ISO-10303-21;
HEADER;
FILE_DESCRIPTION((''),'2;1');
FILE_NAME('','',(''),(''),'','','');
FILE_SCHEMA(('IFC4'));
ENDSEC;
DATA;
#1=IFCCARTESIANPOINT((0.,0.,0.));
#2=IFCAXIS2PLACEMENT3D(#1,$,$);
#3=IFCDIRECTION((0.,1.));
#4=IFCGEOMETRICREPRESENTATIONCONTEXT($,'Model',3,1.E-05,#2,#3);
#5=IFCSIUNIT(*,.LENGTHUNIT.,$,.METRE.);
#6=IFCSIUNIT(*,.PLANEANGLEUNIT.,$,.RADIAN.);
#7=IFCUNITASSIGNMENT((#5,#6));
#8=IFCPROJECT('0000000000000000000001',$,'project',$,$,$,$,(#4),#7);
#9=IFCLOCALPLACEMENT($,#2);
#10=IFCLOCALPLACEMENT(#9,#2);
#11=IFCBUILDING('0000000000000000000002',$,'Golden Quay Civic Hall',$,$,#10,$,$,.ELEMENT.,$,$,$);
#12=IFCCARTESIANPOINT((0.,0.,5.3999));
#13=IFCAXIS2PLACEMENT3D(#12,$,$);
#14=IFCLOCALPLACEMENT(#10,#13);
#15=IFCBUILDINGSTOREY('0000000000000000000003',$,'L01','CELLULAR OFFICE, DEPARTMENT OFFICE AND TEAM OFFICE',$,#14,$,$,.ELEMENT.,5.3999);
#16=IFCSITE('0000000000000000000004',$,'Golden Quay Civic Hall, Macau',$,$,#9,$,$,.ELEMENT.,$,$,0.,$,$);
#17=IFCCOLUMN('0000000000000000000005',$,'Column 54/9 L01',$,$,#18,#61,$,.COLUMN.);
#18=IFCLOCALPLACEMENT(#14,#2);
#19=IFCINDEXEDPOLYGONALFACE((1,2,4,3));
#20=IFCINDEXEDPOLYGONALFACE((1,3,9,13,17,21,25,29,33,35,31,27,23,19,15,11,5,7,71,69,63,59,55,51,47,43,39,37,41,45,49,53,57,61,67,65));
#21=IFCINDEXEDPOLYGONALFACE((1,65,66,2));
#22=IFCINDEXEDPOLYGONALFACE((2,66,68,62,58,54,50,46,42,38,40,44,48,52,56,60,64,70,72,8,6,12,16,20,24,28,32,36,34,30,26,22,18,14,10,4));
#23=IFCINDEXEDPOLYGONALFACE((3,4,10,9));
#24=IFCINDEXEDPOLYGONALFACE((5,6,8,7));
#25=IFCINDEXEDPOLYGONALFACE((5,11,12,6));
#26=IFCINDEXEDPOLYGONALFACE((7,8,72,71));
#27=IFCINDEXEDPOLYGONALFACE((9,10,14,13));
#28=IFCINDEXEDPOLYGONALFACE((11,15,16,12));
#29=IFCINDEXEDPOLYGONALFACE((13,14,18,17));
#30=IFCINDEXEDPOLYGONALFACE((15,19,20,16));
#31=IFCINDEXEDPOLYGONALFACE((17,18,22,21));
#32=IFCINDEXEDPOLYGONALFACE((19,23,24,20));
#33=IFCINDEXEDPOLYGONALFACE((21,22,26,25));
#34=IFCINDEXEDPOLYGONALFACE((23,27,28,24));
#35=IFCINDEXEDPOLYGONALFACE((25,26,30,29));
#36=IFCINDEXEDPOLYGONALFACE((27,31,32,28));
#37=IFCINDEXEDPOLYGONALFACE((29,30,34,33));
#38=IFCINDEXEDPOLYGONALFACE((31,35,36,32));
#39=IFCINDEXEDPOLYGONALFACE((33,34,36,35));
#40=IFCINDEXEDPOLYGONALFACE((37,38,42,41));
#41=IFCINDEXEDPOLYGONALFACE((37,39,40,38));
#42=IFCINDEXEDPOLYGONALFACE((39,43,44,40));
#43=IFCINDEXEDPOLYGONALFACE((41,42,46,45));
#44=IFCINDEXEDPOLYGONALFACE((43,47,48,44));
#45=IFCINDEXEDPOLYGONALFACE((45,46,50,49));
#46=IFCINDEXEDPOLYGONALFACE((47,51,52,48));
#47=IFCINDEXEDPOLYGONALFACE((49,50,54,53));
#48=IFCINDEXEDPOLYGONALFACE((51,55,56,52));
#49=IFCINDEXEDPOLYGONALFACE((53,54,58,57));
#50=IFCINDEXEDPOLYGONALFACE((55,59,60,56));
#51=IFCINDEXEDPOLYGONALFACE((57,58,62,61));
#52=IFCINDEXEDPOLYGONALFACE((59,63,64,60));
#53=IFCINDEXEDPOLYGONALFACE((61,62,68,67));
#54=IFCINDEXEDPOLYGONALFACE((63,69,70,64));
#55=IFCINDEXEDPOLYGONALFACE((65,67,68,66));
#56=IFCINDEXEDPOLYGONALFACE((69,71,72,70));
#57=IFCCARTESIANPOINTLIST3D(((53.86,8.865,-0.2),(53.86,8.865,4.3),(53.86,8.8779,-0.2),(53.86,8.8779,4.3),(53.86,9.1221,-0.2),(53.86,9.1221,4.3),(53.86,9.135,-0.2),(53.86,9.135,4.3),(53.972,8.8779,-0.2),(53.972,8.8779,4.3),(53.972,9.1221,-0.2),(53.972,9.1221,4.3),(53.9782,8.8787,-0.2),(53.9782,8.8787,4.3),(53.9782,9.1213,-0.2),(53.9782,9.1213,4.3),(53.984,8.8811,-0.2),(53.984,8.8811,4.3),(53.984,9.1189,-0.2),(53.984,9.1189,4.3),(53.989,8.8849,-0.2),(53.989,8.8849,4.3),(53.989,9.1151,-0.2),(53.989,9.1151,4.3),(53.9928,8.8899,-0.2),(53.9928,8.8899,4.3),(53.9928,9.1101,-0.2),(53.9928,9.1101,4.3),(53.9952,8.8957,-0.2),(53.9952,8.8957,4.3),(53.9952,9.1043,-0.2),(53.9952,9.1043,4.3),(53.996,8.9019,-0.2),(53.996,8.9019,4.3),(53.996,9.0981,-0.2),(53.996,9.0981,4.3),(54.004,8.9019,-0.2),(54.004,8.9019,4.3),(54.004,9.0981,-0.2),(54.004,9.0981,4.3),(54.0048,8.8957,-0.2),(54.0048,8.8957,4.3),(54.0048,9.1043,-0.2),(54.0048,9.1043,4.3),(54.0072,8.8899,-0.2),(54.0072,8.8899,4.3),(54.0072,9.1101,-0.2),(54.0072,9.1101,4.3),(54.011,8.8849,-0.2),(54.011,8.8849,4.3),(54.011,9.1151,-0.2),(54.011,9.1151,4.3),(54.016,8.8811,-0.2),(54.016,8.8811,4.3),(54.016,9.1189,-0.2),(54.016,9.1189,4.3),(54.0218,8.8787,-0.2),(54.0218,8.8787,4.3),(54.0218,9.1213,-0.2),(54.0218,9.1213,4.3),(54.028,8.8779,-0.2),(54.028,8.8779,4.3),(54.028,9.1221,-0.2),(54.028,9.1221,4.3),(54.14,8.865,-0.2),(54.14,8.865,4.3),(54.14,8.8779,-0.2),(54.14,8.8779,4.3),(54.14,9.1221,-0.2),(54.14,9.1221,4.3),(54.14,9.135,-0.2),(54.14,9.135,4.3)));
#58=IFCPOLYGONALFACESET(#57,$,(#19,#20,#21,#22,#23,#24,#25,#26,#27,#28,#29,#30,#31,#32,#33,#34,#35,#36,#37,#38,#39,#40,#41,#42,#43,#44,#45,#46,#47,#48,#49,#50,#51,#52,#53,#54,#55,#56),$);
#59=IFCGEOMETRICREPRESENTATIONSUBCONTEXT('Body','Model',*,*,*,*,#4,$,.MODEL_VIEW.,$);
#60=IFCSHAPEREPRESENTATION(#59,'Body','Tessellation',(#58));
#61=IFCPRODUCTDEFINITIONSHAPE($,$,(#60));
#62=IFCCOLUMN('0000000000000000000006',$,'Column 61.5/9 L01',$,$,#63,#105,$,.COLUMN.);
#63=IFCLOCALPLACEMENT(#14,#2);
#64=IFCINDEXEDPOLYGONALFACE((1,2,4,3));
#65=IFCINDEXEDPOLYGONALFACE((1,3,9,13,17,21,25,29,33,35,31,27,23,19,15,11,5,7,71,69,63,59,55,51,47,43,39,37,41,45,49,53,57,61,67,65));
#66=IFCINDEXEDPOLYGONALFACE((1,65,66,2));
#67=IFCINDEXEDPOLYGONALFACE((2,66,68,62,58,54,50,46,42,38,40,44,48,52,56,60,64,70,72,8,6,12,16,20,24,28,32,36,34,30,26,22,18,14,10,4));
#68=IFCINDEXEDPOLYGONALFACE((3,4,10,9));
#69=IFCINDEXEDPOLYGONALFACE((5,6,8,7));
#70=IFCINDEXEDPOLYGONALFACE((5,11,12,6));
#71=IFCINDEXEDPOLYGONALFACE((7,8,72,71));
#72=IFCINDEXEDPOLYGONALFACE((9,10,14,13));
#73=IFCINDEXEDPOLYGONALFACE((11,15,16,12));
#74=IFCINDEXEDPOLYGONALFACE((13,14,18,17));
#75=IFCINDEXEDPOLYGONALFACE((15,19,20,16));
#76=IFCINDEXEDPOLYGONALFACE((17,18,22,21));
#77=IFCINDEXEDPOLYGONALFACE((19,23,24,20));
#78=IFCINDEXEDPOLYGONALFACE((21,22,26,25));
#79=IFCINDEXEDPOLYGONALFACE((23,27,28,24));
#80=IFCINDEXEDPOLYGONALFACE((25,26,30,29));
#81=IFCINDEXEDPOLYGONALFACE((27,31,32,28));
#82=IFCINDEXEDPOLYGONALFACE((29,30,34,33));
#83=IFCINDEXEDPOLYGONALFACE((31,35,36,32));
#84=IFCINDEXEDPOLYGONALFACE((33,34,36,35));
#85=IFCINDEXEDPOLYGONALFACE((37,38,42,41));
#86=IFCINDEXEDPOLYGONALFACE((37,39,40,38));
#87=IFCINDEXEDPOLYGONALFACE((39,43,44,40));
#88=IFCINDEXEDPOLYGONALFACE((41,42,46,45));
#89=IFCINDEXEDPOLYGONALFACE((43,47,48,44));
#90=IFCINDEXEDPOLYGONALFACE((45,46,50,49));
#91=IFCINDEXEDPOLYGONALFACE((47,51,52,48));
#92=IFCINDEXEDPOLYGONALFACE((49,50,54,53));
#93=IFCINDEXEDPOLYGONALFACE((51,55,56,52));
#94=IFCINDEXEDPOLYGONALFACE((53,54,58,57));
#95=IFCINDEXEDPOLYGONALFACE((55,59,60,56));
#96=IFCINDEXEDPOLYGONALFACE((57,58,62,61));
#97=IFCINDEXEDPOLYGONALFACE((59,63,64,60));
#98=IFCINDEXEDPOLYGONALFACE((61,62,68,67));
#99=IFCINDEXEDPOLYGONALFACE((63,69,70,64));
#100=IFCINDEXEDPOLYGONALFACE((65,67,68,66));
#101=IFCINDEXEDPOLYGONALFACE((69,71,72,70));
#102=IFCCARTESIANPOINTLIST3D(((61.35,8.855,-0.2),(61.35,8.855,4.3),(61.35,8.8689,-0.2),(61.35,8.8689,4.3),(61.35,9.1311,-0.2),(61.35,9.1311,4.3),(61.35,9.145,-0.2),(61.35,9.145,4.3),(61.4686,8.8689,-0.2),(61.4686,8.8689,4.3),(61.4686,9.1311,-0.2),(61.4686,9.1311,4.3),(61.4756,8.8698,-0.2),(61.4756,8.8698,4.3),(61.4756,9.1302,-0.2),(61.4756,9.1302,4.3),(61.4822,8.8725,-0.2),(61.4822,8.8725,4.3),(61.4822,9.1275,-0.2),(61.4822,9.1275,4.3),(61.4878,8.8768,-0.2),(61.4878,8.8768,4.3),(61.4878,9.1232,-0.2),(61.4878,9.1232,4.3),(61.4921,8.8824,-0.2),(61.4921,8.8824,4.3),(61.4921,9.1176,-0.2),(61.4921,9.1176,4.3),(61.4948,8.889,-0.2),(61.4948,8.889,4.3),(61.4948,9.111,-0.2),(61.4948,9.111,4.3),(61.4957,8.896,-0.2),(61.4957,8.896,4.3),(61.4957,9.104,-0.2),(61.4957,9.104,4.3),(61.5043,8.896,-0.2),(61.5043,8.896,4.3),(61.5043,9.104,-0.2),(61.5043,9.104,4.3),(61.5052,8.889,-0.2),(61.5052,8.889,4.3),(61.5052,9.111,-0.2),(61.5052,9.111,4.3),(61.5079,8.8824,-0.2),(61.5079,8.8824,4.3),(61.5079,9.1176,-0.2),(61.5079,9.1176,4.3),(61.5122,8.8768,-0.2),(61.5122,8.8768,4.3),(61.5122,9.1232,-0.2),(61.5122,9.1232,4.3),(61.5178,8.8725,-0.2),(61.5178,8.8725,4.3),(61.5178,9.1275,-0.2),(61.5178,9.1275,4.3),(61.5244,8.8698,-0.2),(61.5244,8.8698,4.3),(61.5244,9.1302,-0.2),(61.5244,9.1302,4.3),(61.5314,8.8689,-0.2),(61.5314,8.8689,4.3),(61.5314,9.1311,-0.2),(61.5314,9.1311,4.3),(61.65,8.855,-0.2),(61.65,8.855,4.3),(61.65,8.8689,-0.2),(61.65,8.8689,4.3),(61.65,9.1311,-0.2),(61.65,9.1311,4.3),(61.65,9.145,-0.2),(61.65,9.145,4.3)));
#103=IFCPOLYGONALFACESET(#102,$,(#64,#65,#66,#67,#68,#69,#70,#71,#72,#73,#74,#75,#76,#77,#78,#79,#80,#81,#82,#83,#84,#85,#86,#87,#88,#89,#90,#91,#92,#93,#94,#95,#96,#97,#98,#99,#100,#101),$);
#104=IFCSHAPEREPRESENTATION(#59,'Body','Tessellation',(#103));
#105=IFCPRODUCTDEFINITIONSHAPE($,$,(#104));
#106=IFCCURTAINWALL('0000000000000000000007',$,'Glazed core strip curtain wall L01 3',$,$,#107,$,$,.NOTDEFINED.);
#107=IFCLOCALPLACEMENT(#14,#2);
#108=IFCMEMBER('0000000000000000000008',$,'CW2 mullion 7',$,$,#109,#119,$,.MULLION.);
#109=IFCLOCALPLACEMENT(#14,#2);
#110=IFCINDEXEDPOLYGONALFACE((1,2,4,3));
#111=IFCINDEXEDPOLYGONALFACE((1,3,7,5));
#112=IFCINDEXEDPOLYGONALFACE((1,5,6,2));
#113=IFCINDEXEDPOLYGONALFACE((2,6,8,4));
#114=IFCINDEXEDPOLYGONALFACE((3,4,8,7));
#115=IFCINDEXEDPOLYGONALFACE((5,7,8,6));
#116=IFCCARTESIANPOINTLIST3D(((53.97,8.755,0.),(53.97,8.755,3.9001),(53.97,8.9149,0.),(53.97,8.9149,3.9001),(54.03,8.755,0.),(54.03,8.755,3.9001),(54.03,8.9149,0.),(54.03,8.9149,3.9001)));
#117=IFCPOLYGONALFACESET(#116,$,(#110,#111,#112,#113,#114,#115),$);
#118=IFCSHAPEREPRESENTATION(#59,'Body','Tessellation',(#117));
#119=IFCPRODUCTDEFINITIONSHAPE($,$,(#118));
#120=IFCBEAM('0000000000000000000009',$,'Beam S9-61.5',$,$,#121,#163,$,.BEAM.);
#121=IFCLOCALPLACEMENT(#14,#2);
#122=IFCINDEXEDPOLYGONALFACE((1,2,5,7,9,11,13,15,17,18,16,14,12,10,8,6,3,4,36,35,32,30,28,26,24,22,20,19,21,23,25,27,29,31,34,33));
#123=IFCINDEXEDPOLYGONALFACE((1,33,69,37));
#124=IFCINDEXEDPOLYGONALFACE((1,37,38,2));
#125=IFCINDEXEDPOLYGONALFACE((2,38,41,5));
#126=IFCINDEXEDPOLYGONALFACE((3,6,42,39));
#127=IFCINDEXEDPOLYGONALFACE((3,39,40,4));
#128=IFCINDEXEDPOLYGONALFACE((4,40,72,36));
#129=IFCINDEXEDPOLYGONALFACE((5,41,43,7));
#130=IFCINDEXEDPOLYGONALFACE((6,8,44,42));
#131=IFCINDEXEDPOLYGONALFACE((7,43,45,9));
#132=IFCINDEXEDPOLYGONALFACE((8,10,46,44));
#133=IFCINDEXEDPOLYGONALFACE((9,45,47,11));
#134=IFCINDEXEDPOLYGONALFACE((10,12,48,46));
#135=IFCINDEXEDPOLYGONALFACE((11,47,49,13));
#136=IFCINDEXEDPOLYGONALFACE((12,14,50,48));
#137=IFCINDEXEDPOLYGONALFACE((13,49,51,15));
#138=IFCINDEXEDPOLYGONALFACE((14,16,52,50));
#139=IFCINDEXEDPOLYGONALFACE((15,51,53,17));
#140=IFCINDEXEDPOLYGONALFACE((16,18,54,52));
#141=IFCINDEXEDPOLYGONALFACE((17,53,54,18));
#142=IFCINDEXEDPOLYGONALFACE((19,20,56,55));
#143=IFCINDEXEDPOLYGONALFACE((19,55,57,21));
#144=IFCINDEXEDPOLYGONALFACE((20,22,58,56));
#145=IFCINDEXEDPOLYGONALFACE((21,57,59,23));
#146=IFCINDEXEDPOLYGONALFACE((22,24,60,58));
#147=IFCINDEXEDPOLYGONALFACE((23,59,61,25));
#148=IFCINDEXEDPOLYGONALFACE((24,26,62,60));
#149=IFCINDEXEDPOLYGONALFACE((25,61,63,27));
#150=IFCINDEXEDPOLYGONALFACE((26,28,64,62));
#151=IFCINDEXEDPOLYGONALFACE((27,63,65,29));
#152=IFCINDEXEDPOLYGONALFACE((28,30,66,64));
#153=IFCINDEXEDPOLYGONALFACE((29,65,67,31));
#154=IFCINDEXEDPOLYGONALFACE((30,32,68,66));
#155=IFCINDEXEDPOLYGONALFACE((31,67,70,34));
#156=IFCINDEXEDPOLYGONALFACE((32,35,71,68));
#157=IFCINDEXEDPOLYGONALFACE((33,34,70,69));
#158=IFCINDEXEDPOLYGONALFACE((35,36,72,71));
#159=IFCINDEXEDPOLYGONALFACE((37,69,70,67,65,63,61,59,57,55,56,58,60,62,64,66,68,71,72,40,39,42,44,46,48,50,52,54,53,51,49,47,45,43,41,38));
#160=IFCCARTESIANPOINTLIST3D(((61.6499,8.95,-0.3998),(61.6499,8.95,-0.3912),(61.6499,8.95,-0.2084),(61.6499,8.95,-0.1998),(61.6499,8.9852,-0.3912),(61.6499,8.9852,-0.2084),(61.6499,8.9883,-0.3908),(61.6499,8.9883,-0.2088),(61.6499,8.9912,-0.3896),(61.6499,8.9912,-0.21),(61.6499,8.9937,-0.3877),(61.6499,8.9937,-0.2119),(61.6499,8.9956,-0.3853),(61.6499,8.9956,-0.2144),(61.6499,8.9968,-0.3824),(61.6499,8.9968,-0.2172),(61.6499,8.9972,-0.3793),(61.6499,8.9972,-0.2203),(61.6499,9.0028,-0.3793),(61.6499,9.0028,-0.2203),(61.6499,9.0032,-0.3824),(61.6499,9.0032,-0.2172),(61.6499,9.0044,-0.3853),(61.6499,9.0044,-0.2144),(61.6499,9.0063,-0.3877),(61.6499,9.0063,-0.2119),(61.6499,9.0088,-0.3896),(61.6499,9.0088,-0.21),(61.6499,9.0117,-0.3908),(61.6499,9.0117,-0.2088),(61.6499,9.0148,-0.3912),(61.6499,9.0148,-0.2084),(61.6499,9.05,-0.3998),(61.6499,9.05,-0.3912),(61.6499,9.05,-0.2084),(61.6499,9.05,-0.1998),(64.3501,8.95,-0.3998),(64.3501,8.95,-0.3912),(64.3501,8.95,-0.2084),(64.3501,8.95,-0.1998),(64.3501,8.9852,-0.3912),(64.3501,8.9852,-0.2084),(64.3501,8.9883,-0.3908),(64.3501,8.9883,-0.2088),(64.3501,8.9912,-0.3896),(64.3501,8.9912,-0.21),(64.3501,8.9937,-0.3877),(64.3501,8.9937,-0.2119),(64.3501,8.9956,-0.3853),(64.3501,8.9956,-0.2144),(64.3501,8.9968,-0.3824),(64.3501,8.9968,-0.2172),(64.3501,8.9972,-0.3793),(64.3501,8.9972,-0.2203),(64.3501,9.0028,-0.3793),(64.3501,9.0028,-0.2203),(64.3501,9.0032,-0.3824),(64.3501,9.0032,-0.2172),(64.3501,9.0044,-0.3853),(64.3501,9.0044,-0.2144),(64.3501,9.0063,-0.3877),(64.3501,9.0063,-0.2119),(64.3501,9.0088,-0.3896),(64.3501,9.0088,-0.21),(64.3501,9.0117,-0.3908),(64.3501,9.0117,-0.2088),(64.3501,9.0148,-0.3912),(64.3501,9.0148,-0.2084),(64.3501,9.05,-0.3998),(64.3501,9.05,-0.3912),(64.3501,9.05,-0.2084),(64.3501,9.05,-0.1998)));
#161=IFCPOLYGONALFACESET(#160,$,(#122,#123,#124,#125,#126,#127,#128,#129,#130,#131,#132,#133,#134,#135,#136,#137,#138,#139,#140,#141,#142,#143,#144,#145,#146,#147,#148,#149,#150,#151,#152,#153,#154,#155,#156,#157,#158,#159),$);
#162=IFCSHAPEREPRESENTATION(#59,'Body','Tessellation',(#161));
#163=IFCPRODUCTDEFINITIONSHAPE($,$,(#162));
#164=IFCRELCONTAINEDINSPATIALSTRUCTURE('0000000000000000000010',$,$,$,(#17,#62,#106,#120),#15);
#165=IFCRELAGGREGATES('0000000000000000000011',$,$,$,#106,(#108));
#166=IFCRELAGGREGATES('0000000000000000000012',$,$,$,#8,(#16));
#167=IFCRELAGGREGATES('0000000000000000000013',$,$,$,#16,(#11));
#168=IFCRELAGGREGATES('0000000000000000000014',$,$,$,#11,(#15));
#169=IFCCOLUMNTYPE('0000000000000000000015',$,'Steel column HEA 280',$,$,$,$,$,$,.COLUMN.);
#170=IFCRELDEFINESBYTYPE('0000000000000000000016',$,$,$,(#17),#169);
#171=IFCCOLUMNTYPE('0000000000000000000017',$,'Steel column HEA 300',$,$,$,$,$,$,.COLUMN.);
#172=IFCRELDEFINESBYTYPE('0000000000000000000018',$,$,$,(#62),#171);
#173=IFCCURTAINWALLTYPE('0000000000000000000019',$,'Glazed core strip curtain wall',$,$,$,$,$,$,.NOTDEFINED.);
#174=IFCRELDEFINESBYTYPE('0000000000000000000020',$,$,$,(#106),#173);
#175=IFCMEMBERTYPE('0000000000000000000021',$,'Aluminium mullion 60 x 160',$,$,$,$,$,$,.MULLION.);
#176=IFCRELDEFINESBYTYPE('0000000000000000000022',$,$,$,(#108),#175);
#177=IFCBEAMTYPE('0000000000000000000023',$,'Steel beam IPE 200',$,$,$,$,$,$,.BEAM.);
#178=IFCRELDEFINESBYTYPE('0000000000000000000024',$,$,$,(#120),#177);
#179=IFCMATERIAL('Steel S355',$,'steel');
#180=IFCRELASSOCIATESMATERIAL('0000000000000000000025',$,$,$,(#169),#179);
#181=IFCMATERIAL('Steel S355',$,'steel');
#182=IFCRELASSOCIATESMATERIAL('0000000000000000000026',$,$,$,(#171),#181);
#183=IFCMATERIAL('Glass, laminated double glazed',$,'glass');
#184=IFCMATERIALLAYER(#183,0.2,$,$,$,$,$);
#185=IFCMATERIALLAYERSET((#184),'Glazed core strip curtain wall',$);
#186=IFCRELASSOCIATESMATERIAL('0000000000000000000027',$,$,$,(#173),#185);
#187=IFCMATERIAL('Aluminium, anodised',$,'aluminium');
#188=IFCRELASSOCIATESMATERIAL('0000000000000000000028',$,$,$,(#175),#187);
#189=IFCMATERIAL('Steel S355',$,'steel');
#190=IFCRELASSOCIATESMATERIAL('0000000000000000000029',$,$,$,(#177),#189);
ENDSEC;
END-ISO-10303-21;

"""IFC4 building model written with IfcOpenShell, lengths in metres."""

from ifc_helpers import new_model, si_unit, direction, frame, origin, origin_2d, place, context, subcontext, project, spatial, rectangle, i_section, extrude, material, layer, layer_set, material_profile, profile_set, type_object, element, aggregate, save


model = new_model("IFC4")

# Units and contexts
model_context = context("Model", 3, precision=1e-05, world=origin(), true_north=direction((0.0, 1.0)))
body_context = subcontext(model_context, "Body", "Model", "MODEL_VIEW")
ifc_project = project(units=[si_unit("LENGTHUNIT", "METRE"), si_unit("PLANEANGLEUNIT", "RADIAN")], contexts=[model_context])

# Site, building, storey
site_placement = place(None, origin())
site = spatial("IfcSite", under=ifc_project, at=site_placement, Name="Golden Quay Civic Hall, Macau", CompositionType="ELEMENT", RefElevation=0.0)
building_placement = place(site_placement, origin())
building = spatial("IfcBuilding", under=site, at=building_placement, Name="Golden Quay Civic Hall", CompositionType="ELEMENT")
storey_placement = place(building_placement, frame((0.0, 0.0, 5.3999)))
storey = spatial("IfcBuildingStorey", under=building, at=storey_placement, Name="L01", Description="CELLULAR OFFICE, DEPARTMENT OFFICE AND TEAM OFFICE", CompositionType="ELEMENT", Elevation=5.3999)

# Columns
ifc_material_1 = material(Name="Steel S355", Category="steel")
ifc_material_profile_1 = material_profile(ifc_material_1, i_section(OverallWidth=0.28, OverallDepth=0.27, WebThickness=0.0081, FlangeThickness=0.0129, FilletRadius=0.0239, at=origin_2d()), Name="HEA 280")
ifc_profile_set_1 = profile_set([ifc_material_profile_1], Name="Steel S355")
column_type_1 = type_object("IfcColumnType", Name="Steel column HEA 280", PredefinedType="COLUMN", material=ifc_profile_set_1)
column_1_placement = place(storey_placement, frame((54.0, 9.0, -0.2), z_axis=(0.0, 0.0, 1.0), x_axis=(1.0, 0.0, 0.0)))
element("IfcColumn", 1, at=column_1_placement, inside=storey, type_object=column_type_1, Name="Column 54/9 L01", PredefinedType="COLUMN", context=body_context, shape_type="SweptSolid", body=[
    extrude(i_section(OverallWidth=0.28, OverallDepth=0.27, WebThickness=0.0081, FlangeThickness=0.0129, FilletRadius=0.0239, at=origin_2d()), origin(), (0.0, 0.0, 1.0), 4.5),
])
ifc_material_2 = material(Name="Steel S355", Category="steel")
ifc_material_profile_2 = material_profile(ifc_material_2, i_section(OverallWidth=0.3, OverallDepth=0.29, WebThickness=0.0085, FlangeThickness=0.0139, FilletRadius=0.0271, at=origin_2d()), Name="HEA 300")
ifc_profile_set_2 = profile_set([ifc_material_profile_2], Name="Steel S355")
column_type_2 = type_object("IfcColumnType", Name="Steel column HEA 300", PredefinedType="COLUMN", material=ifc_profile_set_2)
column_2_placement = place(storey_placement, frame((61.5, 9.0, -0.2), z_axis=(0.0, 0.0, 1.0), x_axis=(1.0, 0.0, 0.0)))
element("IfcColumn", 2, at=column_2_placement, inside=storey, type_object=column_type_2, Name="Column 61.5/9 L01", PredefinedType="COLUMN", context=body_context, shape_type="SweptSolid", body=[
    extrude(i_section(OverallWidth=0.3, OverallDepth=0.29, WebThickness=0.0085, FlangeThickness=0.0139, FilletRadius=0.0271, at=origin_2d()), origin(), (0.0, 0.0, 1.0), 4.5),
])

# Curtain wall, member
ifc_material_3 = material(Name="Glass, laminated double glazed", Category="glass")
ifc_layer_1 = layer(ifc_material_3, 0.2)
ifc_layer_set_1 = layer_set([ifc_layer_1], Name="Glazed core strip curtain wall")
curtain_wall_type = type_object("IfcCurtainWallType", Name="Glazed core strip curtain wall", PredefinedType="NOTDEFINED", material=ifc_layer_set_1)
curtain_wall_placement = place(storey_placement, origin())
curtain_wall = element("IfcCurtainWall", 3, at=curtain_wall_placement, inside=storey, type_object=curtain_wall_type, Name="Glazed core strip curtain wall L01 3", PredefinedType="NOTDEFINED")
ifc_material_4 = material(Name="Aluminium, anodised", Category="aluminium")
ifc_material_profile_3 = material_profile(ifc_material_4, rectangle(XDim=0.0601, YDim=0.1599, at=origin_2d()), Name="Aluminium 60 x 160")
ifc_profile_set_3 = profile_set([ifc_material_profile_3], Name="Aluminium, anodised")
member_type = type_object("IfcMemberType", Name="Aluminium mullion 60 x 160", PredefinedType="MULLION", material=ifc_profile_set_3)
member_placement = place(storey_placement, frame((54.0, 8.835, 0.0), z_axis=(0.0, 0.0, 1.0), x_axis=(-1.0, 0.0, 0.0)))
member = element("IfcMember", 4, at=member_placement, type_object=member_type, Name="CW2 mullion 7", PredefinedType="MULLION", context=body_context, shape_type="SweptSolid", body=[
    extrude(rectangle(XDim=0.0601, YDim=0.1599, at=origin_2d()), origin(), (0.0, 0.0, 1.0), 3.9001),
])

# Beam
ifc_material_5 = material(Name="Steel S355", Category="steel")
ifc_material_profile_4 = material_profile(ifc_material_5, i_section(OverallWidth=0.1001, OverallDepth=0.2, WebThickness=0.0056, FlangeThickness=0.0085, FilletRadius=0.012, at=origin_2d()), Name="IPE 200")
ifc_profile_set_4 = profile_set([ifc_material_profile_4], Name="Steel S355")
beam_type_1 = type_object("IfcBeamType", Name="Steel beam IPE 200", PredefinedType="BEAM", material=ifc_profile_set_4)
beam_1_placement = place(storey_placement, frame((61.6499, 9.0, -0.2998), z_axis=(1.0, 0.0, 0.0), x_axis=(0.0, 1.0, 0.0)))
element("IfcBeam", 5, at=beam_1_placement, inside=storey, type_object=beam_type_1, Name="Beam S9-61.5", PredefinedType="BEAM", context=body_context, shape_type="SweptSolid", body=[
    extrude(i_section(OverallWidth=0.1001, OverallDepth=0.2, WebThickness=0.0056, FlangeThickness=0.0085, FilletRadius=0.012, at=origin_2d()), origin(), (0.0, 0.0, 1.0), 2.7002),
])

aggregate(curtain_wall, [member])

save(model, "model.ifc")
